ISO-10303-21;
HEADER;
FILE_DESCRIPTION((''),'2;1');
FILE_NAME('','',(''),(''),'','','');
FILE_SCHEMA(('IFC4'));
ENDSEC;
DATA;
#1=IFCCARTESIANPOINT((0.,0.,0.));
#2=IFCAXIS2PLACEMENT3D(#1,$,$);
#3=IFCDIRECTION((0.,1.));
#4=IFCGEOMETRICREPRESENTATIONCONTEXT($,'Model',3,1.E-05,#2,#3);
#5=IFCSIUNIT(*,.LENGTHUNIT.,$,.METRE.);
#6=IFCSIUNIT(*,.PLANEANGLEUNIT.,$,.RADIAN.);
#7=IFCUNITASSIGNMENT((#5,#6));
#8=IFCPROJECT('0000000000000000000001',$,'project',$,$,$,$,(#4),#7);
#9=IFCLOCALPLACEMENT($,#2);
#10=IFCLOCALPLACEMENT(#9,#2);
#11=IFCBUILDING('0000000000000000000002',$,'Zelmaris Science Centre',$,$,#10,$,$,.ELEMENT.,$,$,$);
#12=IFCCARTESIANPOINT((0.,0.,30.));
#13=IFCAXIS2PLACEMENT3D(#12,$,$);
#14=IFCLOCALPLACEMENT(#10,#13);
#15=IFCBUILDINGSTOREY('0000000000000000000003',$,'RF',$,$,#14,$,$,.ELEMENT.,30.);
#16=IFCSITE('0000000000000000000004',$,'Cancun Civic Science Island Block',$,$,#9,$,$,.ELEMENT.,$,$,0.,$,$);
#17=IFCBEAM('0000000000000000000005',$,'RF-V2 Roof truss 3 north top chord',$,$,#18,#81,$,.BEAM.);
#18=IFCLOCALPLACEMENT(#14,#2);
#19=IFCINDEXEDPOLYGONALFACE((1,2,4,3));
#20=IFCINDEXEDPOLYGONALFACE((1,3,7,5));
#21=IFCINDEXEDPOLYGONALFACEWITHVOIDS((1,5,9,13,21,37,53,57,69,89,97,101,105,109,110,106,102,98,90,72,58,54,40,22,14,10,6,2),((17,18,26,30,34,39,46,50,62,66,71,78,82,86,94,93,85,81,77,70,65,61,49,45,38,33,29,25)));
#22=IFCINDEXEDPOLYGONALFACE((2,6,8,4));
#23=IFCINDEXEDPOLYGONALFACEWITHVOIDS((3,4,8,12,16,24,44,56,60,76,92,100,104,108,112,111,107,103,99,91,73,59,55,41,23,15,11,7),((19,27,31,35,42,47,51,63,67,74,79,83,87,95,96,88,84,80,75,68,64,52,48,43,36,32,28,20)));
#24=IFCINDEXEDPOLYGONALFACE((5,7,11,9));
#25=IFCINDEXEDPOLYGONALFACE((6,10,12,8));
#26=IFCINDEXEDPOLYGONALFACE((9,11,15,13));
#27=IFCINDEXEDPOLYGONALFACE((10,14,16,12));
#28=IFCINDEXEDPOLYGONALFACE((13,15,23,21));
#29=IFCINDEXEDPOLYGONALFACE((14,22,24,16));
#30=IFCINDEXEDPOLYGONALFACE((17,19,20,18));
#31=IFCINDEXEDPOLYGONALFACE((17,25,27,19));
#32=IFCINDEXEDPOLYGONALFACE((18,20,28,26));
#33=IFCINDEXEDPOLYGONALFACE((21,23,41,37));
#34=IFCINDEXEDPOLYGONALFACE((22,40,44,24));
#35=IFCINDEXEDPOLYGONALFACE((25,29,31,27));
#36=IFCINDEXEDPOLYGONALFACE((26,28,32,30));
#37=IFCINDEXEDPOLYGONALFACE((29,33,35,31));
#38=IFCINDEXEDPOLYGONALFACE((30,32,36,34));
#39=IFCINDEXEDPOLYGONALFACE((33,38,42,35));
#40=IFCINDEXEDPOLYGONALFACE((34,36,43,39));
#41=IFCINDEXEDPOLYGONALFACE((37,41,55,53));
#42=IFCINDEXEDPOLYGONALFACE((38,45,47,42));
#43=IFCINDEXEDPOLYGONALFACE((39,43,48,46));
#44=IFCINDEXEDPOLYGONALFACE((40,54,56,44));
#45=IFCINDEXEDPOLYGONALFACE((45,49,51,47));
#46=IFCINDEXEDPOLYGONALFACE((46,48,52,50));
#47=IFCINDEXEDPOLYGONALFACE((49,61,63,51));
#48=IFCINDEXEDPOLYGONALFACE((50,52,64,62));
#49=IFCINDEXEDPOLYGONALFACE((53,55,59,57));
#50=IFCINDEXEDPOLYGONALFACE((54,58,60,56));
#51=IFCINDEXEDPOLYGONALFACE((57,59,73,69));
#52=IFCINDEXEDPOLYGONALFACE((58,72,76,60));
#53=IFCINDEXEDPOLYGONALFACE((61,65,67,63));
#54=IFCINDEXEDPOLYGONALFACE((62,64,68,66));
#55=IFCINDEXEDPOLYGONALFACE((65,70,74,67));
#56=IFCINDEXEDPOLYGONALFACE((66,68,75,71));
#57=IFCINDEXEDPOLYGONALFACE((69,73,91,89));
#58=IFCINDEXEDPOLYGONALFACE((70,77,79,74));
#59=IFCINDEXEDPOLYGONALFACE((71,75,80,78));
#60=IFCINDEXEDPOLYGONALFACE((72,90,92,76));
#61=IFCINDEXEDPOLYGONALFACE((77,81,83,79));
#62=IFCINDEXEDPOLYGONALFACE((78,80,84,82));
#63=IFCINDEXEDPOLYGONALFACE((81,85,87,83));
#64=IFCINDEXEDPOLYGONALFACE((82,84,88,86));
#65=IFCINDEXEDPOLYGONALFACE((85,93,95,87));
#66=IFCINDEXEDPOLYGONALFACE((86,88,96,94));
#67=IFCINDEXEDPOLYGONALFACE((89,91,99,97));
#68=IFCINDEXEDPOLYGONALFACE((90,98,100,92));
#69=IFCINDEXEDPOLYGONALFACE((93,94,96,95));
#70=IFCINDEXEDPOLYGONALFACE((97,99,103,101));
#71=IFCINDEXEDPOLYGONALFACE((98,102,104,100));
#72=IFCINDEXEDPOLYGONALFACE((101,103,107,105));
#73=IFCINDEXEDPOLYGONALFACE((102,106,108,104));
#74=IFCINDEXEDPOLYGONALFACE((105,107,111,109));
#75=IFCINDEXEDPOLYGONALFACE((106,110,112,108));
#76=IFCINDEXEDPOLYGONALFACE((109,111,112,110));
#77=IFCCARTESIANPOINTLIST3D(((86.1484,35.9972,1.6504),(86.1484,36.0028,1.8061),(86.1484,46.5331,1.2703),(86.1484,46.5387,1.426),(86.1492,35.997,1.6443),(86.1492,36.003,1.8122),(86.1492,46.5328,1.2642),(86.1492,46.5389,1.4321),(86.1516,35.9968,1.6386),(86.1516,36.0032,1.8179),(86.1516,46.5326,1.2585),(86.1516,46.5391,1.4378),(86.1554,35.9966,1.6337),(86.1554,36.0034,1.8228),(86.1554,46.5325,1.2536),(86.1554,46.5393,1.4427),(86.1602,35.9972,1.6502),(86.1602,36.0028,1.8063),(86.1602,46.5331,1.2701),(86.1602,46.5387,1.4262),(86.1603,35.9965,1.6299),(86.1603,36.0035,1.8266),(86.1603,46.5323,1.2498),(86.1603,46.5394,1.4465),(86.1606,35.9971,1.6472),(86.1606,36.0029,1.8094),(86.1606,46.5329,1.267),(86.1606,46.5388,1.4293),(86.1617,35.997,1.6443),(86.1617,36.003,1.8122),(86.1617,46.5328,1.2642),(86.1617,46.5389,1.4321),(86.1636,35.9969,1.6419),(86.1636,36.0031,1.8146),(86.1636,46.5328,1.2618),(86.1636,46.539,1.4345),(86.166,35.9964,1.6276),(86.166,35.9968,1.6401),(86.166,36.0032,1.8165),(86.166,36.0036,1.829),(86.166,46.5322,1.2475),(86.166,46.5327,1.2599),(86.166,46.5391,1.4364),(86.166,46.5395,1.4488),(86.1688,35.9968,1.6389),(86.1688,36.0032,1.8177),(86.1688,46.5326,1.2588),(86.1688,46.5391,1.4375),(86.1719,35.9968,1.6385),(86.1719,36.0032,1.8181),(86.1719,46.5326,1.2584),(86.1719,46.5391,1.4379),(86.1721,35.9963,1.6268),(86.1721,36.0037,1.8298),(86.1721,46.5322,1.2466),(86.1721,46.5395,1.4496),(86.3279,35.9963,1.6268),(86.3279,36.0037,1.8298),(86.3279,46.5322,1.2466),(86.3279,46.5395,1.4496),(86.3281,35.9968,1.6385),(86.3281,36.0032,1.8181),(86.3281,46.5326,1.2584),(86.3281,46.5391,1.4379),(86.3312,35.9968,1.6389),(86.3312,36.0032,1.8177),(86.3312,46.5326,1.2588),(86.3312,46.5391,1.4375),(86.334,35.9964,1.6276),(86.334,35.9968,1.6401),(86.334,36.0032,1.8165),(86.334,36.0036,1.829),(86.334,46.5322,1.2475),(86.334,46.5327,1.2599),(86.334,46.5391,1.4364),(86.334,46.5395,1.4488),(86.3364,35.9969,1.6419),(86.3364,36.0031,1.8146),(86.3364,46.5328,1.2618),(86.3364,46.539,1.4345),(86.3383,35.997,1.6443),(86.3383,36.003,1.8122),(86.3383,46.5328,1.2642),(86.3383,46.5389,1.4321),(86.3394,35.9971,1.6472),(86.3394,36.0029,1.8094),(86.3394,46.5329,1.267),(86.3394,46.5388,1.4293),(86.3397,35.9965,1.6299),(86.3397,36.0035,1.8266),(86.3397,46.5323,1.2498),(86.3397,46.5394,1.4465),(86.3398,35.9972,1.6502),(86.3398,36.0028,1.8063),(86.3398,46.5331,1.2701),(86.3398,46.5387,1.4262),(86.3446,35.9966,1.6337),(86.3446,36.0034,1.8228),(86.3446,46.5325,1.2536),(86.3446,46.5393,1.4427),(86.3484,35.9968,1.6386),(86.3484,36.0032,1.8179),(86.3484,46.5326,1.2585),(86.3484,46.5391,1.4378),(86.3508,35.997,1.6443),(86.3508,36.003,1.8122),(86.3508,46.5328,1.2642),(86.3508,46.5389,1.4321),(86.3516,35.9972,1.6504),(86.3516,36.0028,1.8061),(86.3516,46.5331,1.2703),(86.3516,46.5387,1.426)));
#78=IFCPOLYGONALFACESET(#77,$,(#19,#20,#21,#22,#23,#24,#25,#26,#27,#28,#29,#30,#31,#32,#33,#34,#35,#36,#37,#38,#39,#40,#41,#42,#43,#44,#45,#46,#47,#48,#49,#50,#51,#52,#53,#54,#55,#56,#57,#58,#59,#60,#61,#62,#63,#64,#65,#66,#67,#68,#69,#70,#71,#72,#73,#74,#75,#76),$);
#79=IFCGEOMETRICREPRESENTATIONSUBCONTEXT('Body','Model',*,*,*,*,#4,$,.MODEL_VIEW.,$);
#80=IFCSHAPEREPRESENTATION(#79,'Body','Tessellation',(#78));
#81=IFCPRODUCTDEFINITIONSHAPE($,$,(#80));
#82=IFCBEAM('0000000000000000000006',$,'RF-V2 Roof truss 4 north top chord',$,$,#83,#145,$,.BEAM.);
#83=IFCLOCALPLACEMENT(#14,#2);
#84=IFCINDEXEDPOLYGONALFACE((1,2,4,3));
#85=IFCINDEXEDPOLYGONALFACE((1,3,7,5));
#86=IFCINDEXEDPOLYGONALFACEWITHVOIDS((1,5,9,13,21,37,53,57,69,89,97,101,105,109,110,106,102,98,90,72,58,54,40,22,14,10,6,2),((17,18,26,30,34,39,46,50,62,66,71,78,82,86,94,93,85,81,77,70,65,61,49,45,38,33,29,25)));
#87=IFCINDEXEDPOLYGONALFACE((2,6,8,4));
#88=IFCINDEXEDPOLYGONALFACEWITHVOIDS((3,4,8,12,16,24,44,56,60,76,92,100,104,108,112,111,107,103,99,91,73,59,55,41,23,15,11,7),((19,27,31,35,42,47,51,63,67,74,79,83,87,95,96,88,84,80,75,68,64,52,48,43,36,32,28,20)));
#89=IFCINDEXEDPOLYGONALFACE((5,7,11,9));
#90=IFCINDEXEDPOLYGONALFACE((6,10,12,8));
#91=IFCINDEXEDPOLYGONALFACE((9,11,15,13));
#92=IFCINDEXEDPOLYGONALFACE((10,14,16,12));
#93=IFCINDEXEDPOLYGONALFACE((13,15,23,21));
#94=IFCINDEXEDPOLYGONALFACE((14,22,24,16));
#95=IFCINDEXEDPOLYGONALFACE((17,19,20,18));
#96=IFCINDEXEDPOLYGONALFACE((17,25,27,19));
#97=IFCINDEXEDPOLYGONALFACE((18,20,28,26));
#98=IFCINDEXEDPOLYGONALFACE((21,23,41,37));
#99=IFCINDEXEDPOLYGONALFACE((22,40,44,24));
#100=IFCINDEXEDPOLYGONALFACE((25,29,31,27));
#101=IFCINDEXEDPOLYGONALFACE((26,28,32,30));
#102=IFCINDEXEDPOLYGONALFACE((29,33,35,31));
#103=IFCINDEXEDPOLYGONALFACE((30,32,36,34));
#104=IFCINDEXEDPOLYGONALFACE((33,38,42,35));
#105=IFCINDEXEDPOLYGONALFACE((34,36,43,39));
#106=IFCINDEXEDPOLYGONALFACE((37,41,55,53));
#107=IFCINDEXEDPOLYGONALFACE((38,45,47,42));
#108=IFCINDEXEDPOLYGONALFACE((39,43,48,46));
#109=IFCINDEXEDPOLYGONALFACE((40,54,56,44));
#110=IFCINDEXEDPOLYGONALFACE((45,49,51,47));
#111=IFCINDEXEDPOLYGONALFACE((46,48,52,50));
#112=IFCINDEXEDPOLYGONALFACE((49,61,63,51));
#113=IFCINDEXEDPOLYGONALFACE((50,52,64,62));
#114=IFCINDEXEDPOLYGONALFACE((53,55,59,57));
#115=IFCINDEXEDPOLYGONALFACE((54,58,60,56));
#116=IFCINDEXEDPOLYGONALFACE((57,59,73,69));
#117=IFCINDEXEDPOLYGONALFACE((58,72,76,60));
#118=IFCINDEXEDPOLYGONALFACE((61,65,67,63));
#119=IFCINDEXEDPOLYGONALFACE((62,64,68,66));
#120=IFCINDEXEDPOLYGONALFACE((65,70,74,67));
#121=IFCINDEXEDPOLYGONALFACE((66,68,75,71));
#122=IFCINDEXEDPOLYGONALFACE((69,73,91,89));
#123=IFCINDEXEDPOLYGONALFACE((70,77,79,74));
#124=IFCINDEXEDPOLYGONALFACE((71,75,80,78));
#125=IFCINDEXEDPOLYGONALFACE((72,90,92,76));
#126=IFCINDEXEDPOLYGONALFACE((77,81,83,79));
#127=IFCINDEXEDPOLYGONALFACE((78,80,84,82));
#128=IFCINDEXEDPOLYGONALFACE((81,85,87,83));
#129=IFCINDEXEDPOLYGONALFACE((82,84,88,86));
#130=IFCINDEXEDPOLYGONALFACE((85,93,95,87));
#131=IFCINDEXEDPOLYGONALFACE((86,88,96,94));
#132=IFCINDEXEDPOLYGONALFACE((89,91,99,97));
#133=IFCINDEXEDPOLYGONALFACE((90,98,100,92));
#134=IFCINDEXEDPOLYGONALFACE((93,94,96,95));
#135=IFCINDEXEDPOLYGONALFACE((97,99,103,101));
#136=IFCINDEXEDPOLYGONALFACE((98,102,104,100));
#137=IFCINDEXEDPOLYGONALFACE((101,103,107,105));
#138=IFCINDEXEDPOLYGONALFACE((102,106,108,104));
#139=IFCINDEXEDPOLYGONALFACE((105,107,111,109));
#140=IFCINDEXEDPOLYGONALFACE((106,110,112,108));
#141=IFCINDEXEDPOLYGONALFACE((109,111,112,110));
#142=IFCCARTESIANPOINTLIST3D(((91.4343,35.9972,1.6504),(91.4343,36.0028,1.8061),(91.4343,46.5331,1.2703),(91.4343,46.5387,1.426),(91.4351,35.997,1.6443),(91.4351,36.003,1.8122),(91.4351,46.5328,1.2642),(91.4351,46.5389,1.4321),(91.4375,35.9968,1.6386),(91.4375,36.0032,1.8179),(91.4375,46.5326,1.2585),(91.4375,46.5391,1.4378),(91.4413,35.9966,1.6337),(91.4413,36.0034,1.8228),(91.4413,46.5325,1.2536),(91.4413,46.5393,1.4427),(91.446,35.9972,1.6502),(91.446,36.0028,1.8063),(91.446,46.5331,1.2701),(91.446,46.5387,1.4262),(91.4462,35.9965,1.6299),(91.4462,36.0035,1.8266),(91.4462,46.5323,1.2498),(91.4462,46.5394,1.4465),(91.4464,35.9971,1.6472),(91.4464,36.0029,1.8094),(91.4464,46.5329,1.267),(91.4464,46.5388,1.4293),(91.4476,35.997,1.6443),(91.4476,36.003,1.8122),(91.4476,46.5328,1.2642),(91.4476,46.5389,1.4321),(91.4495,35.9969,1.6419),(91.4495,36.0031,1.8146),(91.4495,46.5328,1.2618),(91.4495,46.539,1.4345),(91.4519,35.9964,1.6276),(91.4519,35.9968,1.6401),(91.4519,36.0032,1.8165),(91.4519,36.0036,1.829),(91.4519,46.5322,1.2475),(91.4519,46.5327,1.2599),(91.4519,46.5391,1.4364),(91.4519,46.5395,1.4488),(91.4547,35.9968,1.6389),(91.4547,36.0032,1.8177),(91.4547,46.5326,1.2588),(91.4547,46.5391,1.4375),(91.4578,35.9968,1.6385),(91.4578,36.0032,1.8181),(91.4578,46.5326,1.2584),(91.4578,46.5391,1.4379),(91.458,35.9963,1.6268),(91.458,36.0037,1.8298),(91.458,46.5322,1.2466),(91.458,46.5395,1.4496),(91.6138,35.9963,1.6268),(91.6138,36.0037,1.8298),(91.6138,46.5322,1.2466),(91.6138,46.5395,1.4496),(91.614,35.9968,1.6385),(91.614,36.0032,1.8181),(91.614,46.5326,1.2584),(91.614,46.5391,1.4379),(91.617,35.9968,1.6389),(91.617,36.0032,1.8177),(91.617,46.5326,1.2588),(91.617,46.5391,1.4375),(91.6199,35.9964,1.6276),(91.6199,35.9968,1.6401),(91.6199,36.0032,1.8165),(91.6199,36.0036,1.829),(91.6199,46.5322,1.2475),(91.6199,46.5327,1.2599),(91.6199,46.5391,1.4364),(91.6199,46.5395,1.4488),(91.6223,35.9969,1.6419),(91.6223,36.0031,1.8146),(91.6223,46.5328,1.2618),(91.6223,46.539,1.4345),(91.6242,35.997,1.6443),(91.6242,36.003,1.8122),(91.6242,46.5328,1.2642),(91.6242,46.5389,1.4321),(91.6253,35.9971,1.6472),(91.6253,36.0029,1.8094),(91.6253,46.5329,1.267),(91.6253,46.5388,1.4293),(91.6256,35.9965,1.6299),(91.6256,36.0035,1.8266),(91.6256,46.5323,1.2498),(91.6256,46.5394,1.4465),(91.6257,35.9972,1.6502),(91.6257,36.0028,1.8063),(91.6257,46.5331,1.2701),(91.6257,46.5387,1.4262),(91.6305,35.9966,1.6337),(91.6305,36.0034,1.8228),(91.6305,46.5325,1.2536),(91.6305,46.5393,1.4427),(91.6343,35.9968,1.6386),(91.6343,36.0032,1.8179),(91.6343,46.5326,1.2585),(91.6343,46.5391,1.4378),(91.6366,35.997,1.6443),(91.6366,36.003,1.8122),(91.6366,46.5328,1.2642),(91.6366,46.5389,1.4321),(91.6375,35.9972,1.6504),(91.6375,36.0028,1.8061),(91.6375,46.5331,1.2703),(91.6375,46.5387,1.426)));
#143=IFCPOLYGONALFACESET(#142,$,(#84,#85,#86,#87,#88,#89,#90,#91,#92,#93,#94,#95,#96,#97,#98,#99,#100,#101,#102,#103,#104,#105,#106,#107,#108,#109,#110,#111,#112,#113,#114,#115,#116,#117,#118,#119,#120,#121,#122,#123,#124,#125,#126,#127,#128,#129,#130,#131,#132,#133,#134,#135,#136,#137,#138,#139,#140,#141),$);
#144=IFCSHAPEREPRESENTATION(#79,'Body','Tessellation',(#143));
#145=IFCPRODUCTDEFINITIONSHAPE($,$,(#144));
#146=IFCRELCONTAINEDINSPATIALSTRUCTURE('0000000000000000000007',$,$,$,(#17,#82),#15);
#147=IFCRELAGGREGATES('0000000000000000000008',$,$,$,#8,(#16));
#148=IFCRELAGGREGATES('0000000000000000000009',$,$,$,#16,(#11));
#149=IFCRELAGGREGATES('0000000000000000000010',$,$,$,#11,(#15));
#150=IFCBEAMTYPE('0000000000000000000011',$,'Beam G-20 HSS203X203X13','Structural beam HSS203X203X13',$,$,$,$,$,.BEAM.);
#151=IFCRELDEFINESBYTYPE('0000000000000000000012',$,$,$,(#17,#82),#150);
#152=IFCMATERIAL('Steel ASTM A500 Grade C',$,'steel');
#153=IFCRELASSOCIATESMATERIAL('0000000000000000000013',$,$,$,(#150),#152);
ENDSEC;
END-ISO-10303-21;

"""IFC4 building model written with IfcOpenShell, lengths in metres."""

from ifc_helpers import new_model, si_unit, direction, frame, origin, origin_2d, place, context, subcontext, project, spatial, hollow_rectangle, extrude, material, material_profile, profile_set, type_object, element, save


model = new_model("IFC4")

# Units and contexts
model_context = context("Model", 3, precision=1e-05, world=origin(), true_north=direction((0.0, 1.0)))
body_context = subcontext(model_context, "Body", "Model", "MODEL_VIEW")
ifc_project = project(units=[si_unit("LENGTHUNIT", "METRE"), si_unit("PLANEANGLEUNIT", "RADIAN")], contexts=[model_context])

# Site, building, storey
site_placement = place(None, origin())
site = spatial("IfcSite", under=ifc_project, at=site_placement, Name="Cancun Civic Science Island Block", CompositionType="ELEMENT", RefElevation=0.0)
building_placement = place(site_placement, origin())
building = spatial("IfcBuilding", under=site, at=building_placement, Name="Zelmaris Science Centre", CompositionType="ELEMENT")
storey_placement = place(building_placement, frame((0.0, 0.0, 30.0)))
storey = spatial("IfcBuildingStorey", under=building, at=storey_placement, Name="RF", CompositionType="ELEMENT", Elevation=30.0)

# Beams
ifc_material_1 = material(Name="Steel ASTM A500 Grade C", Category="steel")
ifc_material_profile_1 = material_profile(ifc_material_1, hollow_rectangle(XDim=0.2031, YDim=0.2031, WallThickness=0.0117, InnerFilletRadius=0.0117, OuterFilletRadius=0.0237, at=origin_2d()), Name="HSS203X203X13")
ifc_profile_set_1 = profile_set([ifc_material_profile_1], Name="Steel ASTM A500 Grade C")
beam_type = type_object("IfcBeamType", Name="Beam G-20 HSS203X203X13", Description="Structural beam HSS203X203X13", PredefinedType="BEAM", material=ifc_profile_set_1)
for number, where, z_axis, x_axis, name in (
    (1, (86.25, 36.0, 1.7283), (0.0, 0.99935, -0.036056), (-1.0, 0.0, 0.0), "RF-V2 Roof truss 3 north top chord"),
    (2, (91.5359, 36.0, 1.7283), (0.0, 0.99935, -0.036056), (-1.0, 0.0, 0.0), "RF-V2 Roof truss 4 north top chord"),
):
    element("IfcBeam", number, at=place(storey_placement, frame(where, z_axis=z_axis, x_axis=x_axis)), inside=storey, type_object=beam_type, Name=name, PredefinedType="BEAM", context=body_context, shape_type="SweptSolid", body=[
        extrude(hollow_rectangle(XDim=0.2031, YDim=0.2031, WallThickness=0.0117, InnerFilletRadius=0.0117, OuterFilletRadius=0.0237, at=origin_2d()), origin(), (0.0, 0.0, 1.0), 10.5427),
    ])

save(model, "model.ifc")
